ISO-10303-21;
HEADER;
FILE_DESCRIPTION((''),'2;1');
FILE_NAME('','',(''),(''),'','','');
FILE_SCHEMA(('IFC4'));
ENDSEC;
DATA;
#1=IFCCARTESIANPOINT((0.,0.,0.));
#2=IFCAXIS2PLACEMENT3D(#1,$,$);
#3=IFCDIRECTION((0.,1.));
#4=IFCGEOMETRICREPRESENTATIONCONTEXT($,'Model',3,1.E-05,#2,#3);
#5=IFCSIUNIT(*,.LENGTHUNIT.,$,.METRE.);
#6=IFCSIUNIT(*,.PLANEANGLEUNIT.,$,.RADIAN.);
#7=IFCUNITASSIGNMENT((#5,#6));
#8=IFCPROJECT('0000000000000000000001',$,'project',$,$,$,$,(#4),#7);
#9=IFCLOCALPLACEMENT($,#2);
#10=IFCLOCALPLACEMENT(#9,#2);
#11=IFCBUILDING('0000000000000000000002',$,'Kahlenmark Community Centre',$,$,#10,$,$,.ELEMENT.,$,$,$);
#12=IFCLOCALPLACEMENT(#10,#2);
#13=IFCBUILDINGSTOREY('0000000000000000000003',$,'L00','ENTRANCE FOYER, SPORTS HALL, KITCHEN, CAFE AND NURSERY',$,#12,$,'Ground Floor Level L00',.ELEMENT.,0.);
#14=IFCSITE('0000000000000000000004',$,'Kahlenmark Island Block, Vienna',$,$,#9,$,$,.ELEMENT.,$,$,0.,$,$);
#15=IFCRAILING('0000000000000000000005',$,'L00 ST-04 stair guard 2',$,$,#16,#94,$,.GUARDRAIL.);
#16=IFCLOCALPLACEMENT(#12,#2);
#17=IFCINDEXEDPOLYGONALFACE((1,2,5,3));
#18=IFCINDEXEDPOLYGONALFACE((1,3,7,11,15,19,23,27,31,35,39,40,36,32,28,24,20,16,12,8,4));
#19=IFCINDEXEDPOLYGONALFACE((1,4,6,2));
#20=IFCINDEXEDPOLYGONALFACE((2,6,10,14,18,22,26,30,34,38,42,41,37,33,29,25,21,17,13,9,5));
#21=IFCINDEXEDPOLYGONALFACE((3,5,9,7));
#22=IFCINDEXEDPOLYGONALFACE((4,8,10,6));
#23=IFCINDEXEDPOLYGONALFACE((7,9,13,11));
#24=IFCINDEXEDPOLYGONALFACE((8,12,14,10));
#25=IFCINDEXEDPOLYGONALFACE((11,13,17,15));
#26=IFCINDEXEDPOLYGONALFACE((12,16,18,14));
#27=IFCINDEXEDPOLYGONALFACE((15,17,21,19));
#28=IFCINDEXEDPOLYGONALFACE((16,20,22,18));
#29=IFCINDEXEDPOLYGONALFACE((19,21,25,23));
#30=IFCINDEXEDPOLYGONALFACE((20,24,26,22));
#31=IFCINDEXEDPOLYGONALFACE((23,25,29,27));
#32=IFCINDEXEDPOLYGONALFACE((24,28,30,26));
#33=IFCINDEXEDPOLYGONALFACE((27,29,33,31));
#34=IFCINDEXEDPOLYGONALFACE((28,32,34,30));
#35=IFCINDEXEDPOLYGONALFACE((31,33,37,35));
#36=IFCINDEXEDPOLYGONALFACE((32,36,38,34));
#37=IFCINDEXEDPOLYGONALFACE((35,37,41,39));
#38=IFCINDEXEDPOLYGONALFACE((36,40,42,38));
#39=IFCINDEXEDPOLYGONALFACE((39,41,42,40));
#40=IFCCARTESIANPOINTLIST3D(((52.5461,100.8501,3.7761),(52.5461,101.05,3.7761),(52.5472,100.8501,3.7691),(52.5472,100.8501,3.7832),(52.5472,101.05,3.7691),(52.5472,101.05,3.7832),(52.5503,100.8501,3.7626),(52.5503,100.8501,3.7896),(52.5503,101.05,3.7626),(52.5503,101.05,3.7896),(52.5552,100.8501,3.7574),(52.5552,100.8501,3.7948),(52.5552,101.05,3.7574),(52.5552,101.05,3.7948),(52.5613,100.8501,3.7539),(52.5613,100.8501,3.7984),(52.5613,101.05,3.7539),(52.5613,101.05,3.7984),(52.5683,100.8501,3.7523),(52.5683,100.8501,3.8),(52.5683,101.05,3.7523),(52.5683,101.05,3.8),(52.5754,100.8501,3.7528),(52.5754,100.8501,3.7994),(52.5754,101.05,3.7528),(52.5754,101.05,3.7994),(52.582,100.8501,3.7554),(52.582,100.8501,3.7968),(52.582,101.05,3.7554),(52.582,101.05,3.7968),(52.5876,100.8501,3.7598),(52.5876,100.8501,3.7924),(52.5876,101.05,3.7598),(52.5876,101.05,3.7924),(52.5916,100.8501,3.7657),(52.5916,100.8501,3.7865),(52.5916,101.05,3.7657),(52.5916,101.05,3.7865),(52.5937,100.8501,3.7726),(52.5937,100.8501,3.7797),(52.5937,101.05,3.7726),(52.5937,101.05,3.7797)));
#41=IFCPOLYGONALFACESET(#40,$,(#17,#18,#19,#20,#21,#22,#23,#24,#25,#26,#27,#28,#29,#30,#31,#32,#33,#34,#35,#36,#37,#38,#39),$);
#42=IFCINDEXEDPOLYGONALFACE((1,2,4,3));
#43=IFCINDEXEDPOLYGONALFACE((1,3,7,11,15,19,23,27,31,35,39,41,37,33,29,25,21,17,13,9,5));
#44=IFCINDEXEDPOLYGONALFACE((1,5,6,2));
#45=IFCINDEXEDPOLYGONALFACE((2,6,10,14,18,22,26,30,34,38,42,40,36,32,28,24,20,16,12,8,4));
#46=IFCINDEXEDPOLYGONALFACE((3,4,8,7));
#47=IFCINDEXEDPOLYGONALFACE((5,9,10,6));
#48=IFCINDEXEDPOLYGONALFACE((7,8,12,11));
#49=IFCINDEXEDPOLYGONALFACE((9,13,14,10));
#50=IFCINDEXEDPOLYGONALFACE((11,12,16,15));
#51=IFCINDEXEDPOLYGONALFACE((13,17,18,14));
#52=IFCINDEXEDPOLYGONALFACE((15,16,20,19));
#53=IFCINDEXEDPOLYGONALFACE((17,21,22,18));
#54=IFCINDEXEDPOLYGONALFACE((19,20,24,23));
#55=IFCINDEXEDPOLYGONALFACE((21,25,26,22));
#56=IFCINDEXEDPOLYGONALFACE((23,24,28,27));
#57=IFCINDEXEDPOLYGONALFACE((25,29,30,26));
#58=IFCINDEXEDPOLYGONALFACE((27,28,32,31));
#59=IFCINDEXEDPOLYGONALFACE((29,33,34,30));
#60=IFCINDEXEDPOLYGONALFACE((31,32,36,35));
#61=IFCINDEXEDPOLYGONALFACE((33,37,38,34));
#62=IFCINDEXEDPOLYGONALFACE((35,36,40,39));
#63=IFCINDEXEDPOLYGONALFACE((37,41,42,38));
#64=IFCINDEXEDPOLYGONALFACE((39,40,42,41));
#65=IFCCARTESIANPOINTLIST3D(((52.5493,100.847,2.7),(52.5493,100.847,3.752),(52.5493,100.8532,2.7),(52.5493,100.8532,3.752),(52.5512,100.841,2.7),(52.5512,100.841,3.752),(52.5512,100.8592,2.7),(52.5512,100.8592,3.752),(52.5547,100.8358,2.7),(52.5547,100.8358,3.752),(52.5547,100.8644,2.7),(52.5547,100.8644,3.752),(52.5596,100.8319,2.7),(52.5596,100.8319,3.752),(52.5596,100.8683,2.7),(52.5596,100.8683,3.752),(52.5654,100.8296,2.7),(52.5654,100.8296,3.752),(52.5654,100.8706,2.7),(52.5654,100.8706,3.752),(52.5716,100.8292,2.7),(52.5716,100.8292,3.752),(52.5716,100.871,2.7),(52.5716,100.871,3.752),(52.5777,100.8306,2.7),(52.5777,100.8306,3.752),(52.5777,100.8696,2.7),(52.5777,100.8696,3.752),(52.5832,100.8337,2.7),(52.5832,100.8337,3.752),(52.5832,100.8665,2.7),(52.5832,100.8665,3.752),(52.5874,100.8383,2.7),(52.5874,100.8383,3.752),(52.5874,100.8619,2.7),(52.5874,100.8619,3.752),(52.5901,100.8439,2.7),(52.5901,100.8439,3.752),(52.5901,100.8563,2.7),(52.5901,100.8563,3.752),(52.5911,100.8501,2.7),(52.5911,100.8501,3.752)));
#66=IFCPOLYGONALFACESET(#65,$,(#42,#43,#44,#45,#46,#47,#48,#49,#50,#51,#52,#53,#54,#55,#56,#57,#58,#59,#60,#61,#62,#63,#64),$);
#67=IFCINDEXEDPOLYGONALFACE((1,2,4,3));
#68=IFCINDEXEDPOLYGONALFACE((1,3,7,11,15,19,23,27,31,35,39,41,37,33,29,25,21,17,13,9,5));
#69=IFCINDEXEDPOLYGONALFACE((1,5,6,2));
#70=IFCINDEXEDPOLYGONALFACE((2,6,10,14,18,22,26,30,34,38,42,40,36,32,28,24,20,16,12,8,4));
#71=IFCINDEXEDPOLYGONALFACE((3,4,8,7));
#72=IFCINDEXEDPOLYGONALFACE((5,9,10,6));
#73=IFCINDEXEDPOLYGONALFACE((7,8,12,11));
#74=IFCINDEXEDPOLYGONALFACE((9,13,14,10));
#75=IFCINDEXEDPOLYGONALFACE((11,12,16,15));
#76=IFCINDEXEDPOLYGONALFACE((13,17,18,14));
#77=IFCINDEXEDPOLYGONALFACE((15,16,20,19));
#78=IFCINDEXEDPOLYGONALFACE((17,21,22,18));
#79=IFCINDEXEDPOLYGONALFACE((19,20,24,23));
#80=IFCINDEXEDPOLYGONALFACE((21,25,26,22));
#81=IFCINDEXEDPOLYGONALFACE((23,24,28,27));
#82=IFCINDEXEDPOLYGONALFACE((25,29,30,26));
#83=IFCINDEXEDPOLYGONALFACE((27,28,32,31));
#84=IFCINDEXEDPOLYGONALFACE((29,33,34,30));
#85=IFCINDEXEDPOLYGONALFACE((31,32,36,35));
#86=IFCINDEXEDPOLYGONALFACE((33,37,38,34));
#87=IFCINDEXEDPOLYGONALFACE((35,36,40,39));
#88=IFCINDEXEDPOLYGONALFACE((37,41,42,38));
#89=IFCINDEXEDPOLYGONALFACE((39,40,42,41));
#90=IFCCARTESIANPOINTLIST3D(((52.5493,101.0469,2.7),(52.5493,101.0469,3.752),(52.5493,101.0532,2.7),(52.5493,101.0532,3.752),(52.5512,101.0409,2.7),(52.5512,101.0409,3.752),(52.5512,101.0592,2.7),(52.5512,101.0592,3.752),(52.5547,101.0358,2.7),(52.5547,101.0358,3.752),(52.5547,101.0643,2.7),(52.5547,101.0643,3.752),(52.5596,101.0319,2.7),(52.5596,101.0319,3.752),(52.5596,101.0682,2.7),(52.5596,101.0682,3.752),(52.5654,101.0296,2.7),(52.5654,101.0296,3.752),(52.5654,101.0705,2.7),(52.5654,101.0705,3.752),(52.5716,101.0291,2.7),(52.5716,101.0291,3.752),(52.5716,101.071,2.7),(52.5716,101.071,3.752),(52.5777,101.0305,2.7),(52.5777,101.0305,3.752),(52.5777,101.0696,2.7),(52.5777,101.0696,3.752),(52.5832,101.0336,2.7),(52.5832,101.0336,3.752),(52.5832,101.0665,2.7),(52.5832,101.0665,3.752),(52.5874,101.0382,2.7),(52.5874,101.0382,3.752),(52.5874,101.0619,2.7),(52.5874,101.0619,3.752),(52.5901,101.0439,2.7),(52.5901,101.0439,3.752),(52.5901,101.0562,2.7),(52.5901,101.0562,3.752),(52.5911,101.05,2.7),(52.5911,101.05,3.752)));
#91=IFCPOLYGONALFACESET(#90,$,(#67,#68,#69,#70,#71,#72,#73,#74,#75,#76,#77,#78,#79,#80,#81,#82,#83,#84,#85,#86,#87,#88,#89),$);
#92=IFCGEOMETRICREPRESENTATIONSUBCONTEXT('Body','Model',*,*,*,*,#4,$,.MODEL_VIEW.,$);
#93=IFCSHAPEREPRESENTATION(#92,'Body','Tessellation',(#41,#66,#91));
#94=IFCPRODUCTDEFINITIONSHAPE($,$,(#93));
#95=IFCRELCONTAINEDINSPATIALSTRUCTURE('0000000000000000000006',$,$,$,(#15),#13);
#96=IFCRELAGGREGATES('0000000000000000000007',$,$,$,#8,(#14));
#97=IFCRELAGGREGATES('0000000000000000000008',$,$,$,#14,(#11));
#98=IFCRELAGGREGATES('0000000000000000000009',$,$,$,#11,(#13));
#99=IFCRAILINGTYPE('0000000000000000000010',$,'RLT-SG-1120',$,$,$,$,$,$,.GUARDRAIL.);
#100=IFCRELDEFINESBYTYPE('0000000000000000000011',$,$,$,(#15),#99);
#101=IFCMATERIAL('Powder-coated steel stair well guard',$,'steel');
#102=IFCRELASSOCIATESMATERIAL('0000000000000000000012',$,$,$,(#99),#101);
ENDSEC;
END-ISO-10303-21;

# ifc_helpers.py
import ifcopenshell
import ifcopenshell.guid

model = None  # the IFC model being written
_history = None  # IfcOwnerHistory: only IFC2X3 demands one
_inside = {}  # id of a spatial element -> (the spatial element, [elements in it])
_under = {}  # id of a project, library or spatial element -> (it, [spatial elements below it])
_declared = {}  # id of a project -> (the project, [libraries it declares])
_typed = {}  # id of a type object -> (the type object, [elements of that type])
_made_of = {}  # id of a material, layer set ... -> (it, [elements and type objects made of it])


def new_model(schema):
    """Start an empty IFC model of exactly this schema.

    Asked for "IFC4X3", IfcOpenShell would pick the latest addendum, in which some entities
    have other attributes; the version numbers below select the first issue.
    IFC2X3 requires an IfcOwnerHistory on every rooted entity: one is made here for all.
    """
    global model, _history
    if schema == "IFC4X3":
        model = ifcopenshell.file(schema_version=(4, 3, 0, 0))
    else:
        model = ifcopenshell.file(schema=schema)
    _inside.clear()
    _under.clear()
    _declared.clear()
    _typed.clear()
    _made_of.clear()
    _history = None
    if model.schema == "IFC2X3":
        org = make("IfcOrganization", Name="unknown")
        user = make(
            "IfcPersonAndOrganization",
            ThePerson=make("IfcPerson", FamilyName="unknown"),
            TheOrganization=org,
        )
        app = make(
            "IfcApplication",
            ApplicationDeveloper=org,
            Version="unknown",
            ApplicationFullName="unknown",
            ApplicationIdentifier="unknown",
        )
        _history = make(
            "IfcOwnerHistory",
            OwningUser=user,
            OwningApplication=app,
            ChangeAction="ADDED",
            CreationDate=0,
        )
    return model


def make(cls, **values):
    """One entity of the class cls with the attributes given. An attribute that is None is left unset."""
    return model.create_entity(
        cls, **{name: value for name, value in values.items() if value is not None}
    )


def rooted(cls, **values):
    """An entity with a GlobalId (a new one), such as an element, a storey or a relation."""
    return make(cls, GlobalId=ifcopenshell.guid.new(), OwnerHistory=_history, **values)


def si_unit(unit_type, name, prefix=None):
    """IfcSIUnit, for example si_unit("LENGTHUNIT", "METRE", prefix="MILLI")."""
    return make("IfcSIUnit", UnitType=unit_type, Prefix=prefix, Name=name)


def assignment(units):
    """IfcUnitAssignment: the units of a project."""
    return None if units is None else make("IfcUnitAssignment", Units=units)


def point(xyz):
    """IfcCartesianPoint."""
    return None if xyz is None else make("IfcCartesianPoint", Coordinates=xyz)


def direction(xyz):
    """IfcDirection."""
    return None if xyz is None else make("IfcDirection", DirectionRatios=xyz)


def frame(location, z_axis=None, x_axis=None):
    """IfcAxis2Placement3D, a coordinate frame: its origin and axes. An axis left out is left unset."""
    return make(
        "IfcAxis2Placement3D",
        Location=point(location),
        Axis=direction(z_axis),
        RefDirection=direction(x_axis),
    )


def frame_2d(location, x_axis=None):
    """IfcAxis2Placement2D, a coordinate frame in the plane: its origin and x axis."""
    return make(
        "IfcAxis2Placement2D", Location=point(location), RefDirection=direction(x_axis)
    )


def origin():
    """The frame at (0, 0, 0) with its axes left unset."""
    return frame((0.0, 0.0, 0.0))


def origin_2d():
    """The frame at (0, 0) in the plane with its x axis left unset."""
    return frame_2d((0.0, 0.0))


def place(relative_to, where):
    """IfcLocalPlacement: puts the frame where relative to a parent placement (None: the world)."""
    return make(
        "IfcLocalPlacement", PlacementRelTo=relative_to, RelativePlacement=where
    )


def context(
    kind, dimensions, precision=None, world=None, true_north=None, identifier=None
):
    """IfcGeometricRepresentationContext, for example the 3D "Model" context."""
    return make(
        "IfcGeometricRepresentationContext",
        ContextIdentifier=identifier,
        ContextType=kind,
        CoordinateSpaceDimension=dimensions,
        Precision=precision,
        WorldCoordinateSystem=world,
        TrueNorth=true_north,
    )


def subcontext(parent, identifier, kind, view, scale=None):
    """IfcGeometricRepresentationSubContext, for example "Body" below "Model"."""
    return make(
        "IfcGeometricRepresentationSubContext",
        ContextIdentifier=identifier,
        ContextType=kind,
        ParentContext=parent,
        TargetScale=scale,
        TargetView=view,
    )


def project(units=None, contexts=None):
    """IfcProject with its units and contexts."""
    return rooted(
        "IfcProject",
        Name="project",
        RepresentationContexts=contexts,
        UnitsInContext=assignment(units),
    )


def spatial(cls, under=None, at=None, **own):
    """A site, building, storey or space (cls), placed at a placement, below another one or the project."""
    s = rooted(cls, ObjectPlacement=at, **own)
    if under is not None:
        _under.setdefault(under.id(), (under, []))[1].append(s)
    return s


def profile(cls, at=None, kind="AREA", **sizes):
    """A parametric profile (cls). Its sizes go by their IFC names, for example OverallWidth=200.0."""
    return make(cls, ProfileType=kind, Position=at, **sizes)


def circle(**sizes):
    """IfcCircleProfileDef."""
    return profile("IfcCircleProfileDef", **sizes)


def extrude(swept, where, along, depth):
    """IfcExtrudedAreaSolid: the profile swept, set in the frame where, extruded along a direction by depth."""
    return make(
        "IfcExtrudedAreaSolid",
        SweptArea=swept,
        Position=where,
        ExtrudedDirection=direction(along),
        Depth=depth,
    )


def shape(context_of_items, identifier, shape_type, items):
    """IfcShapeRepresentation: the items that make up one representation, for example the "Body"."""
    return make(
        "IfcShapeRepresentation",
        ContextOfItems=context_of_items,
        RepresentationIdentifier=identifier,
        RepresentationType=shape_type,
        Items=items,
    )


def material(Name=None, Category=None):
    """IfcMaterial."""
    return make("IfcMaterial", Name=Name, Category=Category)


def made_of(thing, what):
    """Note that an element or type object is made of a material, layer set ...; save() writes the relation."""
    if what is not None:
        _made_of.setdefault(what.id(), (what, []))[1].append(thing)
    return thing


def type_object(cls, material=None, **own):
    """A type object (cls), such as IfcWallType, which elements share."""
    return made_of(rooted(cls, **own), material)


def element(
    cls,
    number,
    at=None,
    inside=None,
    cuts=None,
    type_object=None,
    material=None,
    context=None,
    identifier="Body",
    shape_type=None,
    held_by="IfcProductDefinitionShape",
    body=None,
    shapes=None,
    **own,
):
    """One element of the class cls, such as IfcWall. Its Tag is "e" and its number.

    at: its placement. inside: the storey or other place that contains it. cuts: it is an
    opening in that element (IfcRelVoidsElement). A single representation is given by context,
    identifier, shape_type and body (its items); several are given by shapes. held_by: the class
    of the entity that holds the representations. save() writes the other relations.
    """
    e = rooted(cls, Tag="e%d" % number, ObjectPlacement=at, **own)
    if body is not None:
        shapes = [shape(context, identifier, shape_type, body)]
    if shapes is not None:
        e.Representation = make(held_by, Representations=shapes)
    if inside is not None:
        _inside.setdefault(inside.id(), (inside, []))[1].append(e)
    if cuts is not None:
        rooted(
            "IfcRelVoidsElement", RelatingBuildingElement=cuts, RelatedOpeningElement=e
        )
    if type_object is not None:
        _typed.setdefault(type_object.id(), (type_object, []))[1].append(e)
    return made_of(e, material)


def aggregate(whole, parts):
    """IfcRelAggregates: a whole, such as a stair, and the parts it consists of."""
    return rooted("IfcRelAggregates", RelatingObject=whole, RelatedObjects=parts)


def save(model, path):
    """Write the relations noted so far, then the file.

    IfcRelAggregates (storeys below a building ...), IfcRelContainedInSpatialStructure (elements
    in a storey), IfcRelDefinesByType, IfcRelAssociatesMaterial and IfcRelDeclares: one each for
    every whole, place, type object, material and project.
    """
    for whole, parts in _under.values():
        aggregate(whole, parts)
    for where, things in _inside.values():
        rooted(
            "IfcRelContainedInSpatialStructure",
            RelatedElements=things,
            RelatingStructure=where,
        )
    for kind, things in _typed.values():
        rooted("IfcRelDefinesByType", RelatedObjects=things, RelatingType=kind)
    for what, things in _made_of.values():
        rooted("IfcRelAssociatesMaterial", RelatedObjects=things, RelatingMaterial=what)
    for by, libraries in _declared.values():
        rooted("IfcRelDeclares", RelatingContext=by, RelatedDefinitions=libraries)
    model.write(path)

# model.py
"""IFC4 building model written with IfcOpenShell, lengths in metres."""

from ifc_helpers import new_model, si_unit, direction, frame, origin, origin_2d, place, context, subcontext, project, spatial, circle, extrude, material, type_object, element, save


model = new_model("IFC4")

# Units and contexts
model_context = context("Model", 3, precision=1e-05, world=origin(), true_north=direction((0.0, 1.0)))
body_context = subcontext(model_context, "Body", "Model", "MODEL_VIEW")
ifc_project = project(units=[si_unit("LENGTHUNIT", "METRE"), si_unit("PLANEANGLEUNIT", "RADIAN")], contexts=[model_context])

# Site, building, storey
site_placement = place(None, origin())
site = spatial("IfcSite", under=ifc_project, at=site_placement, Name="Kahlenmark Island Block, Vienna", CompositionType="ELEMENT", RefElevation=0.0)
building_placement = place(site_placement, origin())
building = spatial("IfcBuilding", under=site, at=building_placement, Name="Kahlenmark Community Centre", CompositionType="ELEMENT")
storey_placement = place(building_placement, origin())
storey = spatial("IfcBuildingStorey", under=building, at=storey_placement, Name="L00", Description="ENTRANCE FOYER, SPORTS HALL, KITCHEN, CAFE AND NURSERY", LongName="Ground Floor Level L00", CompositionType="ELEMENT", Elevation=0.0)

# Railing
ifc_material_1 = material(Name="Powder-coated steel stair well guard", Category="steel")
railing_type_1 = type_object("IfcRailingType", Name="RLT-SG-1120", PredefinedType="GUARDRAIL", material=ifc_material_1)
railing_1_placement = place(storey_placement, frame((52.5701, 100.8501, 2.7)))
element("IfcRailing", 1, at=railing_1_placement, inside=storey, type_object=railing_type_1, Name="L00 ST-04 stair guard 2", PredefinedType="GUARDRAIL", context=body_context, shape_type="SweptSolid", body=[
    extrude(circle(Radius=0.0239, at=origin_2d()), frame((0.0, 0.0, 1.0762), z_axis=(0.0, 1.0, 0.0), x_axis=(-1.0, 0.0, 0.0)), (0.0, 0.0, 1.0), 0.2),
    extrude(circle(Radius=0.021, at=origin_2d()), origin(), (0.0, 0.0, 1.0), 1.052),
    extrude(circle(Radius=0.021, at=origin_2d()), frame((0.0, 0.2, 0.0)), (0.0, 0.0, 1.0), 1.052),
])

save(model, "model.ifc")
